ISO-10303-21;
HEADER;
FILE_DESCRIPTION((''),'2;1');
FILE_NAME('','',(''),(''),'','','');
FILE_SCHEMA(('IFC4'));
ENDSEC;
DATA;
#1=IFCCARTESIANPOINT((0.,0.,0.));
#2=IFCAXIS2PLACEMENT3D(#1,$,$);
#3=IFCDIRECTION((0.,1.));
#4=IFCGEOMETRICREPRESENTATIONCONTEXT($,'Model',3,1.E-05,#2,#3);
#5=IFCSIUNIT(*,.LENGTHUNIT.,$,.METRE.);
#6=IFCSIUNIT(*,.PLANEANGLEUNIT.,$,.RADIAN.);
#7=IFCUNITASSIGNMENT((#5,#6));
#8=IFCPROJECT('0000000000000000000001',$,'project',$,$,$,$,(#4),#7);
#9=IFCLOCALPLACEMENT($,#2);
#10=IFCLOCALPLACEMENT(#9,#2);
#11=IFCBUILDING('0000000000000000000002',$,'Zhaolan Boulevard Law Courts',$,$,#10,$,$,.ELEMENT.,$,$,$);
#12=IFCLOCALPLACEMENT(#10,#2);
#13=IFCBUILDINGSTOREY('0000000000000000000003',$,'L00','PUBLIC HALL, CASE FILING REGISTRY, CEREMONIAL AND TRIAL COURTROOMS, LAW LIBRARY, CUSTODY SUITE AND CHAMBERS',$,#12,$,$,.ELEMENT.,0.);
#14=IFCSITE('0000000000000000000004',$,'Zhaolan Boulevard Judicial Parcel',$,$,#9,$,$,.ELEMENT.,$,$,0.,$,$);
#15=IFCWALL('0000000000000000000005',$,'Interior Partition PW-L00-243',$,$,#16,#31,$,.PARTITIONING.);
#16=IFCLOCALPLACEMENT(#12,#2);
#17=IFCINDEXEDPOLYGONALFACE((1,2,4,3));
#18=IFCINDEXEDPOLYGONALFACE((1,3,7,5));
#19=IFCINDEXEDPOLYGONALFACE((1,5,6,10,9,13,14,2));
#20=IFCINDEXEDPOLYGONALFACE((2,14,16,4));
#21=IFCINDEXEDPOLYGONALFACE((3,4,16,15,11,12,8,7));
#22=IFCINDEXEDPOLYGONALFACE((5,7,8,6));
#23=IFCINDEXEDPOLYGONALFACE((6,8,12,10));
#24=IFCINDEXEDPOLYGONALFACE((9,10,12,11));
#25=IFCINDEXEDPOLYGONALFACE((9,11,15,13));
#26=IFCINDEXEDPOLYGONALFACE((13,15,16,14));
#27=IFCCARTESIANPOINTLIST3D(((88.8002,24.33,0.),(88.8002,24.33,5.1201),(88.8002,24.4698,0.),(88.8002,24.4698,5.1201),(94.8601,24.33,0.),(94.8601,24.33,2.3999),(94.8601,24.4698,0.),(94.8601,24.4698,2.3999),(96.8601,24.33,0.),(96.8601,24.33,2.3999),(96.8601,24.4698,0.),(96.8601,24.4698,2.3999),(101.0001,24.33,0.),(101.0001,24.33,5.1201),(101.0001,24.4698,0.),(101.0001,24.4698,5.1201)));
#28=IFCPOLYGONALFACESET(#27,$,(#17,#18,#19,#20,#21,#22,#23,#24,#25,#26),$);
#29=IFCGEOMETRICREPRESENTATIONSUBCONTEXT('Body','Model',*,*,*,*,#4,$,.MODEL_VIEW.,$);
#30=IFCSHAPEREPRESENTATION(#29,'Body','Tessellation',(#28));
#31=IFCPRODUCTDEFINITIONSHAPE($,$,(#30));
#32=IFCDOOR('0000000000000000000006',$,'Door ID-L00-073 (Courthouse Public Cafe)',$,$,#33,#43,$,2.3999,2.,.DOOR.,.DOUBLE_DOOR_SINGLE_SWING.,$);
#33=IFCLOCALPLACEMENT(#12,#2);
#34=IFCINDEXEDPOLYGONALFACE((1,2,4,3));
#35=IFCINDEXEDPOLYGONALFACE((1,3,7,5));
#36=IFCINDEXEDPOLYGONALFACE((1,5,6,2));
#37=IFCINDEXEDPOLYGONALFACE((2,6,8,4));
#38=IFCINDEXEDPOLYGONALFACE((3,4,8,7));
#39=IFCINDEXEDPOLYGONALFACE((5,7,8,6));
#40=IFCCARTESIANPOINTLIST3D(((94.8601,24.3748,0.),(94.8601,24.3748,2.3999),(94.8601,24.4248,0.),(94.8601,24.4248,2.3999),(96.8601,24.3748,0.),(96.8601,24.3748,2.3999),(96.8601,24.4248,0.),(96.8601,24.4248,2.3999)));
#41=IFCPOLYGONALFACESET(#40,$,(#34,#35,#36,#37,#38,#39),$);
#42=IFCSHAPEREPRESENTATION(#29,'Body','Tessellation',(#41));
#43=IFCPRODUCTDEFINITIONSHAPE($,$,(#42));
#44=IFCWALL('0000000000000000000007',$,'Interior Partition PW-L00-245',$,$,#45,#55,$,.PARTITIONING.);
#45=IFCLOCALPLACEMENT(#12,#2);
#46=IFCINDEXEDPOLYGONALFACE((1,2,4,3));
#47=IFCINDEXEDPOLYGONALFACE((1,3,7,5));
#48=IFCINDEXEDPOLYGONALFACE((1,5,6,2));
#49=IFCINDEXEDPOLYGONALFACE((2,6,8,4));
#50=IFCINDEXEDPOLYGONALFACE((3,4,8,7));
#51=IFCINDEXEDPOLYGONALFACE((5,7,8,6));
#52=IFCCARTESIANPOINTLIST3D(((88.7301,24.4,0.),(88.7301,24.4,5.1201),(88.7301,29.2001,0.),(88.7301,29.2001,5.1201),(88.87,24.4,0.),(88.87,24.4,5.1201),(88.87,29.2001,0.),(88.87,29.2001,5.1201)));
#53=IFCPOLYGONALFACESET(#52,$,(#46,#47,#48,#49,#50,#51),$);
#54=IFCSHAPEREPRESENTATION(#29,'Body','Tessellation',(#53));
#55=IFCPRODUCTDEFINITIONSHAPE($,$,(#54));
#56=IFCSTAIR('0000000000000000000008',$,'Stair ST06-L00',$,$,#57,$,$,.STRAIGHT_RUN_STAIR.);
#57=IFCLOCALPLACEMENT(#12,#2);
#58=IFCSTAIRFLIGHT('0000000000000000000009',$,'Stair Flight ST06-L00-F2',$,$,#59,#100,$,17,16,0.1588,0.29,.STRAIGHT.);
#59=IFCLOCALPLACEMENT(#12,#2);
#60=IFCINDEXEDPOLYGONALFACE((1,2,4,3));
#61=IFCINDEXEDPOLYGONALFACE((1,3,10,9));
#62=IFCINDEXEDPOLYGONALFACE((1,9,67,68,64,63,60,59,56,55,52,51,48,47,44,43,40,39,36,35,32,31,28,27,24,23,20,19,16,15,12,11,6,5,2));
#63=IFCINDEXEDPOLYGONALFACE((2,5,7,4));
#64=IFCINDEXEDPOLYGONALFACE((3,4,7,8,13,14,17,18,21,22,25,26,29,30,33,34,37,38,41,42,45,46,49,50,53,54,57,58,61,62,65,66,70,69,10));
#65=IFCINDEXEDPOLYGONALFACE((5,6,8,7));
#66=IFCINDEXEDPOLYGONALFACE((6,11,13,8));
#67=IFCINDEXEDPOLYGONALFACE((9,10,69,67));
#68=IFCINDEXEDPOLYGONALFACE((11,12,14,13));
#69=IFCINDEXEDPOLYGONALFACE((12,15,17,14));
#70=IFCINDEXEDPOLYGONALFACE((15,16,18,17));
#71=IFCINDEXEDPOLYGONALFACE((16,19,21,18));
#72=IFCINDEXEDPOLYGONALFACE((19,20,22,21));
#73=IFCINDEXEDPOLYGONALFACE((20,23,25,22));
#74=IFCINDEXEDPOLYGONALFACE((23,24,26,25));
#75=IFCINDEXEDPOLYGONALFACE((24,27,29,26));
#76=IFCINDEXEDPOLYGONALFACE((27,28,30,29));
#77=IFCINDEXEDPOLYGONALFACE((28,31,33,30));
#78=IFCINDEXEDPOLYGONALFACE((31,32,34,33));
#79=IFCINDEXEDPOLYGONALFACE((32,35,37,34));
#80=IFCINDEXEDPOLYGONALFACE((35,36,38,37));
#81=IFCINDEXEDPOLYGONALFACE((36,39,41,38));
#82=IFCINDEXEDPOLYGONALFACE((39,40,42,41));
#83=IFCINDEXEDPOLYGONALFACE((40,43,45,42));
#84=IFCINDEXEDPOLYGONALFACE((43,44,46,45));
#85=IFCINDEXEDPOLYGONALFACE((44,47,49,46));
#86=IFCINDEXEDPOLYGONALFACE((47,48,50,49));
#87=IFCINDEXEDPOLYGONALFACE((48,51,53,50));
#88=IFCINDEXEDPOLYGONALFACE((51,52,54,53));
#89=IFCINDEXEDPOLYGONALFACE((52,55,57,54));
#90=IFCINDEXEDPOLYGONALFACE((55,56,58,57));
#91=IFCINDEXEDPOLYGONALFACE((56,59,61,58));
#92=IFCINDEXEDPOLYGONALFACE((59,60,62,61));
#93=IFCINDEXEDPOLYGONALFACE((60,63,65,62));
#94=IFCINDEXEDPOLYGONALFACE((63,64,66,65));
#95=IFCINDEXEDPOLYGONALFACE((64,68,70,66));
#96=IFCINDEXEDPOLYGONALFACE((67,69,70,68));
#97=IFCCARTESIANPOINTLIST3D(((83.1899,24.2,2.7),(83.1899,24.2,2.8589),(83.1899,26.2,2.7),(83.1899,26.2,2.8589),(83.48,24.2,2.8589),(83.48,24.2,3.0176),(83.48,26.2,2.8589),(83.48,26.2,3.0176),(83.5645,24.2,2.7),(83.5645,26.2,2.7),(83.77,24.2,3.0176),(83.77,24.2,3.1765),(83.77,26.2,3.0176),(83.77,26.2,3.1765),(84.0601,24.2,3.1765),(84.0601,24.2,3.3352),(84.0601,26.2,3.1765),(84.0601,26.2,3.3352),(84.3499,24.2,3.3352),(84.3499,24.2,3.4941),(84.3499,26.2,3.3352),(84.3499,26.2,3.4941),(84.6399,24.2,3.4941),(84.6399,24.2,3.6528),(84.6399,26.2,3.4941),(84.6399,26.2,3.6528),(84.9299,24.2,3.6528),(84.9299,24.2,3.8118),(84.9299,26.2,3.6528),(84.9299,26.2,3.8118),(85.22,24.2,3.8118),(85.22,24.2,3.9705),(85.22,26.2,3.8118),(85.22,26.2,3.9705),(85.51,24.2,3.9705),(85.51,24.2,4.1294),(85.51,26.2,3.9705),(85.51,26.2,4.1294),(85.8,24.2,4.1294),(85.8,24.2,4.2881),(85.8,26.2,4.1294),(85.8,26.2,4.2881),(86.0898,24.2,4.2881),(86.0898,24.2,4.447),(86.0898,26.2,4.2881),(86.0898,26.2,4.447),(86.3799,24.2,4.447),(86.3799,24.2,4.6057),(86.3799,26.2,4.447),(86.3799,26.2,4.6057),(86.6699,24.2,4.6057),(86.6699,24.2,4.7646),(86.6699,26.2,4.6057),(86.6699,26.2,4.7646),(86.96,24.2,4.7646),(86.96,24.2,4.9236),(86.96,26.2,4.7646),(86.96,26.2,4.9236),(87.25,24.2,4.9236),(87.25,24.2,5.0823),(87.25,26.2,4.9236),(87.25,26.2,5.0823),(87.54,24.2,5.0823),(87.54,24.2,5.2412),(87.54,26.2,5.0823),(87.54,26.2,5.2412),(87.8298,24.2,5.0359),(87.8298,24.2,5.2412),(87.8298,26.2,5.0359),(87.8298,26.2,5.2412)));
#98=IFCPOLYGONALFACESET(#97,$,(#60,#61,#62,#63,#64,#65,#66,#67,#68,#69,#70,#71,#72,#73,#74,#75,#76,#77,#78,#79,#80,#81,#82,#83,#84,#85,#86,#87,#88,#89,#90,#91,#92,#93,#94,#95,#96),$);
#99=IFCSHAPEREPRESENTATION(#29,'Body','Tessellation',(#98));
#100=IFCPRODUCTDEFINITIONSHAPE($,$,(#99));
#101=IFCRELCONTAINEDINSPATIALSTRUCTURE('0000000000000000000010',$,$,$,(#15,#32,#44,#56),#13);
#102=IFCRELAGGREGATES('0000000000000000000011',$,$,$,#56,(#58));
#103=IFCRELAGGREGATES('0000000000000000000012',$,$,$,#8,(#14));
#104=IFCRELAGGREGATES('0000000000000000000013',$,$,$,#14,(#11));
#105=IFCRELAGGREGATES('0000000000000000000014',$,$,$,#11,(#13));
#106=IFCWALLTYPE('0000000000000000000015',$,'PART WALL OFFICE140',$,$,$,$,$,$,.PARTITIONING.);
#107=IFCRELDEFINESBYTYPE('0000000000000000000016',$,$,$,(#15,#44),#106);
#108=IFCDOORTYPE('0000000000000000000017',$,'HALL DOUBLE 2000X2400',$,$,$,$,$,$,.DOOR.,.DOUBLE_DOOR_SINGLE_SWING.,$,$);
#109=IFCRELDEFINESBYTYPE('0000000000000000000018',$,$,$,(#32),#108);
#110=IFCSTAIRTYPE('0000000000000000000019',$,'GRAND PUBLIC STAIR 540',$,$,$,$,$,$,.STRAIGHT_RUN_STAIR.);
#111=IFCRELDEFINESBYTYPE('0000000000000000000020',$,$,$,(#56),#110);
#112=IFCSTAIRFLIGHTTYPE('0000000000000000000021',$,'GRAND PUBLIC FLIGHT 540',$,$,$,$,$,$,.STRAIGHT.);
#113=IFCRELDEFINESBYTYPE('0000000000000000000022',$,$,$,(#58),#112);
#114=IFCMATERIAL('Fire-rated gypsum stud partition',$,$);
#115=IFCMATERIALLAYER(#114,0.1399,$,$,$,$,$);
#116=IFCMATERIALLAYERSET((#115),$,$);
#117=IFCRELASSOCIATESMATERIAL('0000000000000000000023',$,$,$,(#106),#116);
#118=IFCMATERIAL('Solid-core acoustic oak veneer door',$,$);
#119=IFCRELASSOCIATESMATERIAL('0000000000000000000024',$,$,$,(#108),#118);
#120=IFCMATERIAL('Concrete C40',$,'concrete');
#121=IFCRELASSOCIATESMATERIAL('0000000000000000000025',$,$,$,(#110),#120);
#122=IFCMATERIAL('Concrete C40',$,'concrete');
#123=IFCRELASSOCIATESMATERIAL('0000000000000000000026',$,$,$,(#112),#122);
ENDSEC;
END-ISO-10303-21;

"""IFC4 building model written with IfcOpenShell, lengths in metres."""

from ifc_helpers import new_model, si_unit, direction, frame, frame_2d, origin, place, context, subcontext, project, spatial, polyline, rectangle, outline, extrude, material, layer, layer_set, type_object, element, fill, aggregate, save


model = new_model("IFC4")

# Units and contexts
model_context = context("Model", 3, precision=1e-05, world=origin(), true_north=direction((0.0, 1.0)))
body_context = subcontext(model_context, "Body", "Model", "MODEL_VIEW")
ifc_project = project(units=[si_unit("LENGTHUNIT", "METRE"), si_unit("PLANEANGLEUNIT", "RADIAN")], contexts=[model_context])

# Site, building, storey
site_placement = place(None, origin())
site = spatial("IfcSite", under=ifc_project, at=site_placement, Name="Zhaolan Boulevard Judicial Parcel", CompositionType="ELEMENT", RefElevation=0.0)
building_placement = place(site_placement, origin())
building = spatial("IfcBuilding", under=site, at=building_placement, Name="Zhaolan Boulevard Law Courts", CompositionType="ELEMENT")
storey_placement = place(building_placement, origin())
storey = spatial("IfcBuildingStorey", under=building, at=storey_placement, Name="L00", Description="PUBLIC HALL, CASE FILING REGISTRY, CEREMONIAL AND TRIAL COURTROOMS, LAW LIBRARY, CUSTODY SUITE AND CHAMBERS", CompositionType="ELEMENT", Elevation=0.0)

# Shared definitions
ifc_material_1 = material(Name="Fire-rated gypsum stud partition")
ifc_layer_1 = layer(ifc_material_1, 0.1399)
ifc_layer_set_1 = layer_set([ifc_layer_1])
wall_type = type_object("IfcWallType", Name="PART WALL OFFICE140", PredefinedType="PARTITIONING", material=ifc_layer_set_1)

# Wall, opening, door
wall_1_placement = place(storey_placement, frame((88.8, 24.3999, 0.0), z_axis=(0.0, 0.0, 1.0), x_axis=(1.0, 0.0, 0.0)))
wall_1 = element("IfcWall", 1, at=wall_1_placement, inside=storey, type_object=wall_type, Name="Interior Partition PW-L00-243", PredefinedType="PARTITIONING", context=body_context, shape_type="SweptSolid", body=[
    extrude(rectangle(XDim=12.2, YDim=0.1399, at=frame_2d((6.1001, 0.0))), origin(), (0.0, 0.0, 1.0), 5.1201),
])
opening_placement = place(wall_1_placement, frame((6.0601, 0.0, 0.0)))
opening = element("IfcOpeningElement", 2, at=opening_placement, cuts=wall_1, PredefinedType="OPENING", context=body_context, shape_type="SweptSolid", body=[
    extrude(rectangle(XDim=2.0, YDim=2.3999, at=frame_2d((1.0, 1.2))), frame((0.0, 0.0798, 0.0), z_axis=(0.0, -1.0, 0.0), x_axis=(1.0, 0.0, 0.0)), (0.0, 0.0, 1.0), 0.1599),
])
ifc_material_2 = material(Name="Solid-core acoustic oak veneer door")
door_type = type_object("IfcDoorType", Name="HALL DOUBLE 2000X2400", OperationType="DOUBLE_DOOR_SINGLE_SWING", PredefinedType="DOOR", material=ifc_material_2)
door_placement = place(opening_placement, origin())
door = element("IfcDoor", 3, at=door_placement, inside=storey, type_object=door_type, Name="Door ID-L00-073 (Courthouse Public Cafe)", OperationType="DOUBLE_DOOR_SINGLE_SWING", OverallHeight=2.3999, OverallWidth=2.0, PredefinedType="DOOR", context=body_context, shape_type="SweptSolid", body=[
    extrude(rectangle(XDim=2.0, YDim=2.3999, at=frame_2d((1.0, 1.2))), frame((0.0, 0.0249, 0.0), z_axis=(0.0, -1.0, 0.0), x_axis=(1.0, 0.0, 0.0)), (0.0, 0.0, 1.0), 0.05),
])
fill(opening, door)

# Wall
wall_2_placement = place(storey_placement, frame((88.8, 29.2, 0.0), z_axis=(0.0, 0.0, 1.0), x_axis=(0.0, -1.0, 0.0)))
element("IfcWall", 4, at=wall_2_placement, inside=storey, type_object=wall_type, Name="Interior Partition PW-L00-245", PredefinedType="PARTITIONING", context=body_context, shape_type="SweptSolid", body=[
    extrude(rectangle(XDim=4.8, YDim=0.1399, at=frame_2d((2.3999, 0.0))), origin(), (0.0, 0.0, 1.0), 5.1201),
])

# Stair, stair flight
ifc_material_3 = material(Name="Concrete C40", Category="concrete")
stair_type = type_object("IfcStairType", Name="GRAND PUBLIC STAIR 540", PredefinedType="STRAIGHT_RUN_STAIR", material=ifc_material_3)
stair_placement = place(storey_placement, origin())
stair = element("IfcStair", 5, at=stair_placement, inside=storey, type_object=stair_type, Name="Stair ST06-L00", PredefinedType="STRAIGHT_RUN_STAIR")
ifc_material_4 = material(Name="Concrete C40", Category="concrete")
stair_flight_type = type_object("IfcStairFlightType", Name="GRAND PUBLIC FLIGHT 540", PredefinedType="STRAIGHT", material=ifc_material_4)
stair_flight_placement = place(storey_placement, frame((83.1899, 25.2, 2.7), z_axis=(0.0, 0.0, 1.0), x_axis=(1.0, 0.0, 0.0)))
stair_flight = element("IfcStairFlight", 6, at=stair_flight_placement, type_object=stair_flight_type, Name="Stair Flight ST06-L00-F2", NumberOfRisers=17, NumberOfTreads=16, PredefinedType="STRAIGHT", RiserHeight=0.1588, TreadLength=0.29, context=body_context, shape_type="SweptSolid", body=[
    extrude(outline(polyline([(0.0, 0.0), (0.0, 0.1589), (0.29, 0.1589), (0.29, 0.3176), (0.5801, 0.3176), (0.5801, 0.4766), (0.8701, 0.4766), (0.8701, 0.6353), (1.1599, 0.6353), (1.1599, 0.7942), (1.45, 0.7942), (1.45, 0.9529), (1.74, 0.9529), (1.74, 1.1118), (2.03, 1.1118), (2.03, 1.2705), (2.3201, 1.2705), (2.3201, 1.4294), (2.6101, 1.4294), (2.6101, 1.5881), (2.8999, 1.5881), (2.8999, 1.7471), (3.1899, 1.7471), (3.1899, 1.9058), (3.48, 1.9058), (3.48, 2.0647), (3.77, 2.0647), (3.77, 2.2236), (4.0601, 2.2236), (4.0601, 2.3823), (4.3501, 2.3823), (4.3501, 2.5413), (4.6399, 2.5413), (4.6399, 2.7), (4.6399, 2.3359), (0.3745, 0.0), (0.0, 0.0)])), frame((0.0, 1.0, 0.0), z_axis=(0.0, -1.0, 0.0), x_axis=(1.0, 0.0, 0.0)), (0.0, 0.0, 1.0), 2.0),
])
aggregate(stair, [stair_flight])

save(model, "model.ifc")
